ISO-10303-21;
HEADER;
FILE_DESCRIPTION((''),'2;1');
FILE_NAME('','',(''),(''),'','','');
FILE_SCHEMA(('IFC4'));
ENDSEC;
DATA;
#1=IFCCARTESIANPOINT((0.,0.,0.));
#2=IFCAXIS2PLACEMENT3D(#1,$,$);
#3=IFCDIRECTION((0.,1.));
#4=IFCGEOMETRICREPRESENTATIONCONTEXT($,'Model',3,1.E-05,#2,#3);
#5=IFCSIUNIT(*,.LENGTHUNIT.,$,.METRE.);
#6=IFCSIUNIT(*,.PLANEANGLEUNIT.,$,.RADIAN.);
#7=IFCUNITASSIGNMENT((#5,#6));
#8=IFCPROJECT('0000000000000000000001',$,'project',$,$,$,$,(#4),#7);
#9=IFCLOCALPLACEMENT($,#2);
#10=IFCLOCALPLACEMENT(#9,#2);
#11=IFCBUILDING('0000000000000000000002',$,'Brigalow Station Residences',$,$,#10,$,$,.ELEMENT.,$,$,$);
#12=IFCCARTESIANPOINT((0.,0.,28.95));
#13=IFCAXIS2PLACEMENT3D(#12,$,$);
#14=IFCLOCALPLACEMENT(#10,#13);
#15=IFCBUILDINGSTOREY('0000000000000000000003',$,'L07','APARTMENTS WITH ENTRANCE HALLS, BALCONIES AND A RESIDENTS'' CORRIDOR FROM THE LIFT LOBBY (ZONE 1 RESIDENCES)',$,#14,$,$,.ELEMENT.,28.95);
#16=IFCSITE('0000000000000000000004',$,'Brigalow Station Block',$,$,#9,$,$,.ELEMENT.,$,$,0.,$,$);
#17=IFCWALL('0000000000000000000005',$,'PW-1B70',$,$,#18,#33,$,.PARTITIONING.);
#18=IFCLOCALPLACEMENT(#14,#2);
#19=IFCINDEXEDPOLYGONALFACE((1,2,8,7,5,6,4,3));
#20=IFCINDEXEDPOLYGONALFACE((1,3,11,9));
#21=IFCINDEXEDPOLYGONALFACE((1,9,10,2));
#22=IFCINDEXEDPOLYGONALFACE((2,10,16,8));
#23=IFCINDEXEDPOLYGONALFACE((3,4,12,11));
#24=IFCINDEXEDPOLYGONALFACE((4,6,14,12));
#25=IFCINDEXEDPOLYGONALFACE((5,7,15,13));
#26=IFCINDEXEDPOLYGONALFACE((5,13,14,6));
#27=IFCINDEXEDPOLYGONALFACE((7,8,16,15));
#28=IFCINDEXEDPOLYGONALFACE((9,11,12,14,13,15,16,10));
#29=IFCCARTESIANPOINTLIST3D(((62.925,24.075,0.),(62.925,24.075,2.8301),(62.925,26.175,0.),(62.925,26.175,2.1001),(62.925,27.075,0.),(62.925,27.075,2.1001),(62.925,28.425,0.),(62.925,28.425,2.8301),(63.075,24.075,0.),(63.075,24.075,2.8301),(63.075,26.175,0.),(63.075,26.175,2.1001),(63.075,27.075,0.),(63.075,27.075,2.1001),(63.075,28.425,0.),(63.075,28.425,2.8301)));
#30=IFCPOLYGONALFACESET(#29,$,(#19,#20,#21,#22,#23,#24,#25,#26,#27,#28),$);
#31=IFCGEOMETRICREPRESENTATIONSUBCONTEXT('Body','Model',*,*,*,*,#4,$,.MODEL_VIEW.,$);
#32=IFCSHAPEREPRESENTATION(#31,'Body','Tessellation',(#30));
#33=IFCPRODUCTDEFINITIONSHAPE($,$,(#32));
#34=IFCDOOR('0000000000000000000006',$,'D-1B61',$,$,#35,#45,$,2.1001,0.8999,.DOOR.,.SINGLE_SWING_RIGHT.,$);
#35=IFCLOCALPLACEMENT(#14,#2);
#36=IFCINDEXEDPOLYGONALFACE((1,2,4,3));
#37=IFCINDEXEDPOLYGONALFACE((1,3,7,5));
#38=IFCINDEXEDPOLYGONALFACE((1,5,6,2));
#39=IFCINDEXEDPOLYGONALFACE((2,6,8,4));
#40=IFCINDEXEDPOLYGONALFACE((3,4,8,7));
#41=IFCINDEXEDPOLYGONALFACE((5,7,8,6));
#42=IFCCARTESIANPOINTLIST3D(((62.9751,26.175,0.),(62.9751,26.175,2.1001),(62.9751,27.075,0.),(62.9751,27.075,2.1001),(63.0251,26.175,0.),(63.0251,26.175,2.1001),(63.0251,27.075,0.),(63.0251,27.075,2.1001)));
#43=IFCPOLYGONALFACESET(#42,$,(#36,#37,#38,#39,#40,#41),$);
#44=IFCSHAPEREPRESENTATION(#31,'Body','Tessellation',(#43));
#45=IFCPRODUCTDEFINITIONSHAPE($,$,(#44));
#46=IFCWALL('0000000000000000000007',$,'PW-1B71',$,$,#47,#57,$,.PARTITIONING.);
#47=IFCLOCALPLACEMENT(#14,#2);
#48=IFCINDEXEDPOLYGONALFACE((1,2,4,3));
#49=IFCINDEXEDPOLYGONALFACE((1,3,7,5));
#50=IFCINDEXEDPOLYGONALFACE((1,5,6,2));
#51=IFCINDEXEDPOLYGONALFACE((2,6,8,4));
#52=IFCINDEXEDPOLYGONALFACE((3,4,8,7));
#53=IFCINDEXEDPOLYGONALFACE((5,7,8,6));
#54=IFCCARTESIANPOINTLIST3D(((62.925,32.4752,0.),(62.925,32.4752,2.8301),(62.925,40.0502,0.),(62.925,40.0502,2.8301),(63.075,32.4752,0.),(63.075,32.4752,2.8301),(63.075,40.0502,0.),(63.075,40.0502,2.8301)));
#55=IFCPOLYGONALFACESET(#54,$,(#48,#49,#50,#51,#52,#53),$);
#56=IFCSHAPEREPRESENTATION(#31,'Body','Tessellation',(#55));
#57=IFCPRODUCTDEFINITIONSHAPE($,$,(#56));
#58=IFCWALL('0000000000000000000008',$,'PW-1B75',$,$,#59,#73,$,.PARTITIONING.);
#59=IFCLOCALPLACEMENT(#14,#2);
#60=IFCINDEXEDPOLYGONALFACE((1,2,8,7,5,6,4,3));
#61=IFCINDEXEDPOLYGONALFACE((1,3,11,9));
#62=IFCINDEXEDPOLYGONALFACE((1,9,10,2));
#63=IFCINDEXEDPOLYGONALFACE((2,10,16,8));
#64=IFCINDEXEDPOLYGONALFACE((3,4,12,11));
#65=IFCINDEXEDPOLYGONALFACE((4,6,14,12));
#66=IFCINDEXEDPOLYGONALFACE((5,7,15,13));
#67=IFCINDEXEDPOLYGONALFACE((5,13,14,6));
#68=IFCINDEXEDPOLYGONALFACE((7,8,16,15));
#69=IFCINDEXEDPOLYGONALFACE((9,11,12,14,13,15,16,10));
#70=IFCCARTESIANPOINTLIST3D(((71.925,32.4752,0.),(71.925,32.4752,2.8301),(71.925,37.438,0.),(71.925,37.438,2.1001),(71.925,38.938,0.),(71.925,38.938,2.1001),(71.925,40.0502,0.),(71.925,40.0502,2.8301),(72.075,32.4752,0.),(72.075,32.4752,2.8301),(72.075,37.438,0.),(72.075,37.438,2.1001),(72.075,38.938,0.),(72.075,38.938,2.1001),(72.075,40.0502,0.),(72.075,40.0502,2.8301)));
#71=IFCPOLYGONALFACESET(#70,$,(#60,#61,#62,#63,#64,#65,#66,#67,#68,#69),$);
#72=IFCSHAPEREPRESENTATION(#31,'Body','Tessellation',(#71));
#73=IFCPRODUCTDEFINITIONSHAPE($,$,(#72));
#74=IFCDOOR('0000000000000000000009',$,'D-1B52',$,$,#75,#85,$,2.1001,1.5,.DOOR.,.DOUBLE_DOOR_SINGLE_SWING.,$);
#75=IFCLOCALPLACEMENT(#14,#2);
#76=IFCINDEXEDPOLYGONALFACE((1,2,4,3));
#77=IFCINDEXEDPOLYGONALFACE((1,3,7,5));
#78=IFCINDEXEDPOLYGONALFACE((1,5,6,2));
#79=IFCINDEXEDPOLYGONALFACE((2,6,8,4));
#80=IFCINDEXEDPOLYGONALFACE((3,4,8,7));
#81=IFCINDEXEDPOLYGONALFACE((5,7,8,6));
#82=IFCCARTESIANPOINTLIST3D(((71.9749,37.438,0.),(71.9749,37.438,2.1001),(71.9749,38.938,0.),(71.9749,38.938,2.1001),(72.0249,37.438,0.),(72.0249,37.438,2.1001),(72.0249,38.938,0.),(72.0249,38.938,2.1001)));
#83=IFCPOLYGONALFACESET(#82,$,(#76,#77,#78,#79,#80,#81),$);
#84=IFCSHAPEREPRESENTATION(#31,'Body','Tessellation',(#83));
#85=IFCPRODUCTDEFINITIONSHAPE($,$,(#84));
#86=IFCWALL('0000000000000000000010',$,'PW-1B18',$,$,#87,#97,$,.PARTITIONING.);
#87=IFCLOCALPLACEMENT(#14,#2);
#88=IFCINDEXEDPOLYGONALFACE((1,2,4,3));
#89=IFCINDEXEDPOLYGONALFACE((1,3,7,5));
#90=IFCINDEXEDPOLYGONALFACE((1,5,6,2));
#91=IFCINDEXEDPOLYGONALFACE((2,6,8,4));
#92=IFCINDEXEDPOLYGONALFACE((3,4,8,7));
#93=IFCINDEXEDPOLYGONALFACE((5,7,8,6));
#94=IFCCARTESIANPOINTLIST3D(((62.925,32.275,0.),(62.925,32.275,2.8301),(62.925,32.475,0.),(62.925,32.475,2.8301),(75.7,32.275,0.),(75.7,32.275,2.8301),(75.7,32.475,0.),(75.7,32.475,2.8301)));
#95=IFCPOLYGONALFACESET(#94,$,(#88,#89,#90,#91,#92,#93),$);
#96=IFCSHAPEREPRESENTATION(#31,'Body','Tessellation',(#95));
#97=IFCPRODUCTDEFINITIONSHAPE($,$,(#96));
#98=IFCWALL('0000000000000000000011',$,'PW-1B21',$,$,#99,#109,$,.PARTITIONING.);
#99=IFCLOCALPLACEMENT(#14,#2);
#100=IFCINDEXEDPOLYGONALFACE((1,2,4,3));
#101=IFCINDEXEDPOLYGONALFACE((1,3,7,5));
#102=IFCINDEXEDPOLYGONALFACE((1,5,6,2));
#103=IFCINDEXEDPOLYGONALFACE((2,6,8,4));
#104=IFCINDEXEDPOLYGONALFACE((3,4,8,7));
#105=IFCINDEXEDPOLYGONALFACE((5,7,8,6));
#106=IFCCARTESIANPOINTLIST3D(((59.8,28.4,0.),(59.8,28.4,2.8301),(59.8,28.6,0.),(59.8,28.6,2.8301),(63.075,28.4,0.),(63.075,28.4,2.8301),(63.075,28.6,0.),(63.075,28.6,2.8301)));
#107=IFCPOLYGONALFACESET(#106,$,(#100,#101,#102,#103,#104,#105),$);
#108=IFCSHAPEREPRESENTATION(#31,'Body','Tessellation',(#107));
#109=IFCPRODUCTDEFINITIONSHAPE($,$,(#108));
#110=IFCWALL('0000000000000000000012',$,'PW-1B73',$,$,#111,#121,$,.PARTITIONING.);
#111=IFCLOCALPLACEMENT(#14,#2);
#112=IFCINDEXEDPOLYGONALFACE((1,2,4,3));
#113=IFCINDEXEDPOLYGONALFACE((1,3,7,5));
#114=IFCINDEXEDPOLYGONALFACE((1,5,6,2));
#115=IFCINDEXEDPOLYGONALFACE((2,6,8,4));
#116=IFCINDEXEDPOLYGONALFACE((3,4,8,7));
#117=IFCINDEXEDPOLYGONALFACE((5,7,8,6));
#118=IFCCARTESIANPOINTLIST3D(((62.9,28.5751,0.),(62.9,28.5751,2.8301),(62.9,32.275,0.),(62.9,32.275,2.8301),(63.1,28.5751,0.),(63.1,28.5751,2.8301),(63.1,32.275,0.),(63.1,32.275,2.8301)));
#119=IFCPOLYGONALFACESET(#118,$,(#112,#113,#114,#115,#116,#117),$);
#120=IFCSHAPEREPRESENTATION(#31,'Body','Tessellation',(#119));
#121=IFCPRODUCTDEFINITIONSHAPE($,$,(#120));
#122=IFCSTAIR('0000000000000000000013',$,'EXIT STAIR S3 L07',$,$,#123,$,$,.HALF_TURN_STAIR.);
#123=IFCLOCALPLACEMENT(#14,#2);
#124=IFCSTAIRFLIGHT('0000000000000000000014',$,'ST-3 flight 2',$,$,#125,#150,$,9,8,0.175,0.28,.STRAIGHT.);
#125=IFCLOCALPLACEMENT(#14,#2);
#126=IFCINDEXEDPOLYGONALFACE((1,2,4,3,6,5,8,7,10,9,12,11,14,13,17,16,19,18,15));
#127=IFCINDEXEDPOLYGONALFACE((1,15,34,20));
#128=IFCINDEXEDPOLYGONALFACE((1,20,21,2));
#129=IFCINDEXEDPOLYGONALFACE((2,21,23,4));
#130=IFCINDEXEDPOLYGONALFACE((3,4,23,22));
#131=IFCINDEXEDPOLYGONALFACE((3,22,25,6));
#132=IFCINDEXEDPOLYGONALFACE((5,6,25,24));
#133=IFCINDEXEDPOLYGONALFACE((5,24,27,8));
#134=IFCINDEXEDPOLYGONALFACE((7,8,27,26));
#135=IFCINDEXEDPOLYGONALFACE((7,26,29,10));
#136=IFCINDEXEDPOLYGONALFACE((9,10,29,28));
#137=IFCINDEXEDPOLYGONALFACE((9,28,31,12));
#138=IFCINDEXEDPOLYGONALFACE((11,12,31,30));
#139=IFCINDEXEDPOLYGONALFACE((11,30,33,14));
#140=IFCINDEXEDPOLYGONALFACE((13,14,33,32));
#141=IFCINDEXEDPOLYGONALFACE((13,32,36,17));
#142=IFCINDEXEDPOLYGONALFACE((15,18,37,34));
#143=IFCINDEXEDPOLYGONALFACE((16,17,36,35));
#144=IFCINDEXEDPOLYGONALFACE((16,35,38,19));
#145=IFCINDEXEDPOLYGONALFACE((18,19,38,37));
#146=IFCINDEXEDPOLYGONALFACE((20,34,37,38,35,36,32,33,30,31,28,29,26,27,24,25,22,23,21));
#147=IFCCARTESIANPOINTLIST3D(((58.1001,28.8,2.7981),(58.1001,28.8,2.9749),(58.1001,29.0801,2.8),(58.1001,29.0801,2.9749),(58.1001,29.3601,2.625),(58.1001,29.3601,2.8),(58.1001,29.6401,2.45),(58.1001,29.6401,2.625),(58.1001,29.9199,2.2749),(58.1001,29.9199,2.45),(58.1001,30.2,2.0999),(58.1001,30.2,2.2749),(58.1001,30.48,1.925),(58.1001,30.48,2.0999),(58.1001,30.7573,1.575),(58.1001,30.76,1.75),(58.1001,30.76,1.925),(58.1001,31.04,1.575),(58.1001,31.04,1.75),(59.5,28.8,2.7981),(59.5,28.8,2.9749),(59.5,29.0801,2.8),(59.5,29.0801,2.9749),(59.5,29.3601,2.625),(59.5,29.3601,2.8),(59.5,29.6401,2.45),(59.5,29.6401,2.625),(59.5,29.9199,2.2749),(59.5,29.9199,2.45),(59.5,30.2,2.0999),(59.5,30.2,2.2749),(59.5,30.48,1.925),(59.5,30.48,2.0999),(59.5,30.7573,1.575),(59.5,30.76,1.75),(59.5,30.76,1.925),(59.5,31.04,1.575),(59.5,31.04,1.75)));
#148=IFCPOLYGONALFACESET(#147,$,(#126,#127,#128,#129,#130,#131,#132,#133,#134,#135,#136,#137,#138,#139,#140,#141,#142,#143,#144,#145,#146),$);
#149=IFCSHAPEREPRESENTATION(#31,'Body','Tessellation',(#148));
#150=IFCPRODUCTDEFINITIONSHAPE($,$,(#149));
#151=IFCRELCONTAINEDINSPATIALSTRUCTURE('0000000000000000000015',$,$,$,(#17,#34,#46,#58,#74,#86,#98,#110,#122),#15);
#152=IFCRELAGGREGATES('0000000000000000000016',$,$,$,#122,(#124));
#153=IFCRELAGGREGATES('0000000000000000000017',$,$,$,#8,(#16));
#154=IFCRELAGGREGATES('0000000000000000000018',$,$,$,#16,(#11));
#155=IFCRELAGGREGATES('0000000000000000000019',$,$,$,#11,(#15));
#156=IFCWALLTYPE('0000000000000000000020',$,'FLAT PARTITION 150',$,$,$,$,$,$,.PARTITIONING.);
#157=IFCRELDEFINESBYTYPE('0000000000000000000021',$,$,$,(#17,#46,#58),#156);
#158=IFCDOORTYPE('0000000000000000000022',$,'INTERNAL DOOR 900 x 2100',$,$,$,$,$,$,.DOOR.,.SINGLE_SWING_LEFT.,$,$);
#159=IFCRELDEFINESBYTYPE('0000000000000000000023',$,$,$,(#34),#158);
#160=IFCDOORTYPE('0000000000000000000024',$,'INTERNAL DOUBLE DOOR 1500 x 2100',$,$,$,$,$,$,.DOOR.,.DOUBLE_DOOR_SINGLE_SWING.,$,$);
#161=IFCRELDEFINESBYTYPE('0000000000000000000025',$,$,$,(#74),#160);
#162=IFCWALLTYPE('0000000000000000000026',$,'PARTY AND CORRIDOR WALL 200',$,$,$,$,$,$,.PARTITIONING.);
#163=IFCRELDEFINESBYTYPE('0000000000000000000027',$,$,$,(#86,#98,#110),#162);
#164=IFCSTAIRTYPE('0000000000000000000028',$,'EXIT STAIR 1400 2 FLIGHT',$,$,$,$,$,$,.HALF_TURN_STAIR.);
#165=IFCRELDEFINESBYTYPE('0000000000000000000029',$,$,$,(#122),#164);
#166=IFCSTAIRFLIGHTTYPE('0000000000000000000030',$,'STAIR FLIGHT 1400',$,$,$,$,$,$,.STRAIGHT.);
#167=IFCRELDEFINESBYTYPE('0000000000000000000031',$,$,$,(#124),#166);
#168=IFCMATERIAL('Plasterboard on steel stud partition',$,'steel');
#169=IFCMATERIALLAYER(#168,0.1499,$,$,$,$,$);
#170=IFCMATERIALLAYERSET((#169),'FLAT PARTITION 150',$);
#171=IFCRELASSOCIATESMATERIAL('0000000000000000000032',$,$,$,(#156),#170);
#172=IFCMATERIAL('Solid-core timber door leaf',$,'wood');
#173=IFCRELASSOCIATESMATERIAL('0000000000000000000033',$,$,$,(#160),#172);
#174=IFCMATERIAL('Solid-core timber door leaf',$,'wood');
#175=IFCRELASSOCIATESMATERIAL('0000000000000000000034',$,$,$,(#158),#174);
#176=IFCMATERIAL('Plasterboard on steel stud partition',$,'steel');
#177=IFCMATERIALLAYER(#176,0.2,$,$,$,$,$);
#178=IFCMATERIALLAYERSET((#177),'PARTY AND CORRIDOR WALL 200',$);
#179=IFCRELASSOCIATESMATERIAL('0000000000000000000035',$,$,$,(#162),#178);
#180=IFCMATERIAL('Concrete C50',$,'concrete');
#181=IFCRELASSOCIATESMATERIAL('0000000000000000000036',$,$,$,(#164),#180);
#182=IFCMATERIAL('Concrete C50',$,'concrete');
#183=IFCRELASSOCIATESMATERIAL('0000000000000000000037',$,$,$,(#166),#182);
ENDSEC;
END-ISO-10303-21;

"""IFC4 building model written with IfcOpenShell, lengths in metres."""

from ifc_helpers import new_model, si_unit, direction, frame, frame_2d, origin, place, context, subcontext, project, spatial, polyline, rectangle, outline, extrude, material, layer, layer_set, type_object, element, fill, aggregate, save


model = new_model("IFC4")

# Units and contexts
model_context = context("Model", 3, precision=1e-05, world=origin(), true_north=direction((0.0, 1.0)))
body_context = subcontext(model_context, "Body", "Model", "MODEL_VIEW")
ifc_project = project(units=[si_unit("LENGTHUNIT", "METRE"), si_unit("PLANEANGLEUNIT", "RADIAN")], contexts=[model_context])

# Site, building, storey
site_placement = place(None, origin())
site = spatial("IfcSite", under=ifc_project, at=site_placement, Name="Brigalow Station Block", CompositionType="ELEMENT", RefElevation=0.0)
building_placement = place(site_placement, origin())
building = spatial("IfcBuilding", under=site, at=building_placement, Name="Brigalow Station Residences", CompositionType="ELEMENT")
storey_placement = place(building_placement, frame((0.0, 0.0, 28.95)))
storey = spatial("IfcBuildingStorey", under=building, at=storey_placement, Name="L07", Description="APARTMENTS WITH ENTRANCE HALLS, BALCONIES AND A RESIDENTS' CORRIDOR FROM THE LIFT LOBBY (ZONE 1 RESIDENCES)", CompositionType="ELEMENT", Elevation=28.95)

# Wall, opening, door
ifc_material_1 = material(Name="Plasterboard on steel stud partition", Category="steel")
ifc_layer_1 = layer(ifc_material_1, 0.1499)
ifc_layer_set_1 = layer_set([ifc_layer_1], Name="FLAT PARTITION 150")
wall_type_1 = type_object("IfcWallType", Name="FLAT PARTITION 150", PredefinedType="PARTITIONING", material=ifc_layer_set_1)
ifc_material_2 = material(Name="Solid-core timber door leaf", Category="wood")
door_type_1 = type_object("IfcDoorType", Name="INTERNAL DOUBLE DOOR 1500 x 2100", OperationType="DOUBLE_DOOR_SINGLE_SWING", PredefinedType="DOOR", material=ifc_material_2)
ifc_material_3 = material(Name="Solid-core timber door leaf", Category="wood")
door_type_2 = type_object("IfcDoorType", Name="INTERNAL DOOR 900 x 2100", OperationType="SINGLE_SWING_LEFT", PredefinedType="DOOR", material=ifc_material_3)
wall_1_placement = place(storey_placement, frame((63.0, 24.075, 0.0), z_axis=(0.0, 0.0, 1.0), x_axis=(0.0, 1.0, 0.0)))
wall_1 = element("IfcWall", 1, at=wall_1_placement, inside=storey, type_object=wall_type_1, Name="PW-1B70", PredefinedType="PARTITIONING", context=body_context, shape_type="SweptSolid", body=[
    extrude(rectangle(XDim=4.3501, YDim=0.1499, at=frame_2d((2.175, 0.0))), origin(), (0.0, 0.0, 1.0), 2.8301),
])
opening_1_placement = place(wall_1_placement, frame((2.1001, 0.0, 0.0)))
opening_1 = element("IfcOpeningElement", 2, at=opening_1_placement, cuts=wall_1, PredefinedType="OPENING", context=body_context, shape_type="SweptSolid", body=[
    extrude(rectangle(XDim=0.8999, YDim=2.1001, at=frame_2d((0.45, 1.05))), frame((0.0, 0.085, 0.0), z_axis=(0.0, -1.0, 0.0), x_axis=(1.0, 0.0, 0.0)), (0.0, 0.0, 1.0), 0.1699),
])
door_1_placement = place(opening_1_placement, origin())
door_1 = element("IfcDoor", 3, at=door_1_placement, inside=storey, type_object=door_type_2, Name="D-1B61", OperationType="SINGLE_SWING_RIGHT", OverallHeight=2.1001, OverallWidth=0.8999, PredefinedType="DOOR", context=body_context, shape_type="SweptSolid", body=[
    extrude(rectangle(XDim=0.8999, YDim=2.1001, at=frame_2d((0.45, 1.05))), frame((0.0, 0.0249, 0.0), z_axis=(0.0, -1.0, 0.0), x_axis=(1.0, 0.0, 0.0)), (0.0, 0.0, 1.0), 0.05),
])
fill(opening_1, door_1)

# Wall
wall_2_placement = place(storey_placement, frame((63.0, 32.4751, 0.0), z_axis=(0.0, 0.0, 1.0), x_axis=(0.0, 1.0, 0.0)))
element("IfcWall", 4, at=wall_2_placement, inside=storey, type_object=wall_type_1, Name="PW-1B71", PredefinedType="PARTITIONING", context=body_context, shape_type="SweptSolid", body=[
    extrude(rectangle(XDim=7.575, YDim=0.1499, at=frame_2d((3.7876, 0.0))), origin(), (0.0, 0.0, 1.0), 2.8301),
])

# Wall, opening, door
wall_3_placement = place(storey_placement, frame((72.0, 32.4751, 0.0), z_axis=(0.0, 0.0, 1.0), x_axis=(0.0, 1.0, 0.0)))
wall_3 = element("IfcWall", 5, at=wall_3_placement, inside=storey, type_object=wall_type_1, Name="PW-1B75", PredefinedType="PARTITIONING", context=body_context, shape_type="SweptSolid", body=[
    extrude(rectangle(XDim=7.575, YDim=0.1499, at=frame_2d((3.7876, 0.0))), origin(), (0.0, 0.0, 1.0), 2.8301),
])
opening_2_placement = place(wall_3_placement, frame((4.9629, 0.0, 0.0)))
opening_2 = element("IfcOpeningElement", 6, at=opening_2_placement, cuts=wall_3, PredefinedType="OPENING", context=body_context, shape_type="SweptSolid", body=[
    extrude(rectangle(XDim=1.5, YDim=2.1001, at=frame_2d((0.75, 1.05))), frame((0.0, 0.085, 0.0), z_axis=(0.0, -1.0, 0.0), x_axis=(1.0, 0.0, 0.0)), (0.0, 0.0, 1.0), 0.1699),
])
door_2_placement = place(opening_2_placement, frame((1.5, 0.0, 0.0), z_axis=(0.0, 0.0, 1.0), x_axis=(-1.0, 0.0, 0.0)))
door_2 = element("IfcDoor", 7, at=door_2_placement, inside=storey, type_object=door_type_1, Name="D-1B52", OperationType="DOUBLE_DOOR_SINGLE_SWING", OverallHeight=2.1001, OverallWidth=1.5, PredefinedType="DOOR", context=body_context, shape_type="SweptSolid", body=[
    extrude(rectangle(XDim=1.5, YDim=2.1001, at=frame_2d((0.75, 1.05))), frame((0.0, 0.0249, 0.0), z_axis=(0.0, -1.0, 0.0), x_axis=(1.0, 0.0, 0.0)), (0.0, 0.0, 1.0), 0.05),
])
fill(opening_2, door_2)

# Walls
ifc_material_4 = material(Name="Plasterboard on steel stud partition", Category="steel")
ifc_layer_2 = layer(ifc_material_4, 0.2)
ifc_layer_set_2 = layer_set([ifc_layer_2], Name="PARTY AND CORRIDOR WALL 200")
wall_type_2 = type_object("IfcWallType", Name="PARTY AND CORRIDOR WALL 200", PredefinedType="PARTITIONING", material=ifc_layer_set_2)
wall_4_placement = place(storey_placement, frame((62.925, 32.375, 0.0), z_axis=(0.0, 0.0, 1.0), x_axis=(1.0, 0.0, 0.0)))
element("IfcWall", 8, at=wall_4_placement, inside=storey, type_object=wall_type_2, Name="PW-1B18", PredefinedType="PARTITIONING", context=body_context, shape_type="SweptSolid", body=[
    extrude(rectangle(XDim=12.7749, YDim=0.2, at=frame_2d((6.3875, 0.0))), origin(), (0.0, 0.0, 1.0), 2.8301),
])
wall_5_placement = place(storey_placement, frame((59.8, 28.5, 0.0), z_axis=(0.0, 0.0, 1.0), x_axis=(1.0, 0.0, 0.0)))
element("IfcWall", 9, at=wall_5_placement, inside=storey, type_object=wall_type_2, Name="PW-1B21", PredefinedType="PARTITIONING", context=body_context, shape_type="SweptSolid", body=[
    extrude(rectangle(XDim=3.2749, YDim=0.2, at=frame_2d((1.6375, 0.0))), origin(), (0.0, 0.0, 1.0), 2.8301),
])
wall_6_placement = place(storey_placement, frame((63.0, 28.575, 0.0), z_axis=(0.0, 0.0, 1.0), x_axis=(0.0, 1.0, 0.0)))
element("IfcWall", 10, at=wall_6_placement, inside=storey, type_object=wall_type_2, Name="PW-1B73", PredefinedType="PARTITIONING", context=body_context, shape_type="SweptSolid", body=[
    extrude(rectangle(XDim=3.7, YDim=0.2, at=frame_2d((1.8501, 0.0))), origin(), (0.0, 0.0, 1.0), 2.8301),
])

# Stair, stair flight
ifc_material_5 = material(Name="Concrete C50", Category="concrete")
stair_type = type_object("IfcStairType", Name="EXIT STAIR 1400 2 FLIGHT", PredefinedType="HALF_TURN_STAIR", material=ifc_material_5)
stair_placement = place(storey_placement, origin())
stair = element("IfcStair", 11, at=stair_placement, inside=storey, type_object=stair_type, Name="EXIT STAIR S3 L07", PredefinedType="HALF_TURN_STAIR")
ifc_material_6 = material(Name="Concrete C50", Category="concrete")
stair_flight_type = type_object("IfcStairFlightType", Name="STAIR FLIGHT 1400", PredefinedType="STRAIGHT", material=ifc_material_6)
stair_flight_placement = place(storey_placement, frame((58.8, 31.04, 1.575), z_axis=(0.0, 0.0, 1.0), x_axis=(0.0, -1.0, 0.0)))
stair_flight = element("IfcStairFlight", 12, at=stair_flight_placement, type_object=stair_flight_type, Name="ST-3 flight 2", NumberOfRisers=9, NumberOfTreads=8, PredefinedType="STRAIGHT", RiserHeight=0.175, TreadLength=0.28, context=body_context, shape_type="SweptSolid", body=[
    extrude(outline(polyline([(0.0, 0.0), (0.0, 0.175), (0.28, 0.175), (0.28, 0.3501), (0.5601, 0.3501), (0.5601, 0.5249), (0.8401, 0.5249), (0.8401, 0.7), (1.1201, 0.7), (1.1201, 0.875), (1.3999, 0.875), (1.3999, 1.05), (1.6799, 1.05), (1.6799, 1.2251), (1.96, 1.2251), (1.96, 1.3999), (2.24, 1.3999), (2.24, 1.575), (2.24, 1.2231), (0.2827, 0.0), (0.0, 0.0)])), frame((0.0, 0.7, 0.0), z_axis=(0.0, -1.0, 0.0), x_axis=(1.0, 0.0, 0.0)), (0.0, 0.0, 1.0), 1.3999),
])
aggregate(stair, [stair_flight])

save(model, "model.ifc")
